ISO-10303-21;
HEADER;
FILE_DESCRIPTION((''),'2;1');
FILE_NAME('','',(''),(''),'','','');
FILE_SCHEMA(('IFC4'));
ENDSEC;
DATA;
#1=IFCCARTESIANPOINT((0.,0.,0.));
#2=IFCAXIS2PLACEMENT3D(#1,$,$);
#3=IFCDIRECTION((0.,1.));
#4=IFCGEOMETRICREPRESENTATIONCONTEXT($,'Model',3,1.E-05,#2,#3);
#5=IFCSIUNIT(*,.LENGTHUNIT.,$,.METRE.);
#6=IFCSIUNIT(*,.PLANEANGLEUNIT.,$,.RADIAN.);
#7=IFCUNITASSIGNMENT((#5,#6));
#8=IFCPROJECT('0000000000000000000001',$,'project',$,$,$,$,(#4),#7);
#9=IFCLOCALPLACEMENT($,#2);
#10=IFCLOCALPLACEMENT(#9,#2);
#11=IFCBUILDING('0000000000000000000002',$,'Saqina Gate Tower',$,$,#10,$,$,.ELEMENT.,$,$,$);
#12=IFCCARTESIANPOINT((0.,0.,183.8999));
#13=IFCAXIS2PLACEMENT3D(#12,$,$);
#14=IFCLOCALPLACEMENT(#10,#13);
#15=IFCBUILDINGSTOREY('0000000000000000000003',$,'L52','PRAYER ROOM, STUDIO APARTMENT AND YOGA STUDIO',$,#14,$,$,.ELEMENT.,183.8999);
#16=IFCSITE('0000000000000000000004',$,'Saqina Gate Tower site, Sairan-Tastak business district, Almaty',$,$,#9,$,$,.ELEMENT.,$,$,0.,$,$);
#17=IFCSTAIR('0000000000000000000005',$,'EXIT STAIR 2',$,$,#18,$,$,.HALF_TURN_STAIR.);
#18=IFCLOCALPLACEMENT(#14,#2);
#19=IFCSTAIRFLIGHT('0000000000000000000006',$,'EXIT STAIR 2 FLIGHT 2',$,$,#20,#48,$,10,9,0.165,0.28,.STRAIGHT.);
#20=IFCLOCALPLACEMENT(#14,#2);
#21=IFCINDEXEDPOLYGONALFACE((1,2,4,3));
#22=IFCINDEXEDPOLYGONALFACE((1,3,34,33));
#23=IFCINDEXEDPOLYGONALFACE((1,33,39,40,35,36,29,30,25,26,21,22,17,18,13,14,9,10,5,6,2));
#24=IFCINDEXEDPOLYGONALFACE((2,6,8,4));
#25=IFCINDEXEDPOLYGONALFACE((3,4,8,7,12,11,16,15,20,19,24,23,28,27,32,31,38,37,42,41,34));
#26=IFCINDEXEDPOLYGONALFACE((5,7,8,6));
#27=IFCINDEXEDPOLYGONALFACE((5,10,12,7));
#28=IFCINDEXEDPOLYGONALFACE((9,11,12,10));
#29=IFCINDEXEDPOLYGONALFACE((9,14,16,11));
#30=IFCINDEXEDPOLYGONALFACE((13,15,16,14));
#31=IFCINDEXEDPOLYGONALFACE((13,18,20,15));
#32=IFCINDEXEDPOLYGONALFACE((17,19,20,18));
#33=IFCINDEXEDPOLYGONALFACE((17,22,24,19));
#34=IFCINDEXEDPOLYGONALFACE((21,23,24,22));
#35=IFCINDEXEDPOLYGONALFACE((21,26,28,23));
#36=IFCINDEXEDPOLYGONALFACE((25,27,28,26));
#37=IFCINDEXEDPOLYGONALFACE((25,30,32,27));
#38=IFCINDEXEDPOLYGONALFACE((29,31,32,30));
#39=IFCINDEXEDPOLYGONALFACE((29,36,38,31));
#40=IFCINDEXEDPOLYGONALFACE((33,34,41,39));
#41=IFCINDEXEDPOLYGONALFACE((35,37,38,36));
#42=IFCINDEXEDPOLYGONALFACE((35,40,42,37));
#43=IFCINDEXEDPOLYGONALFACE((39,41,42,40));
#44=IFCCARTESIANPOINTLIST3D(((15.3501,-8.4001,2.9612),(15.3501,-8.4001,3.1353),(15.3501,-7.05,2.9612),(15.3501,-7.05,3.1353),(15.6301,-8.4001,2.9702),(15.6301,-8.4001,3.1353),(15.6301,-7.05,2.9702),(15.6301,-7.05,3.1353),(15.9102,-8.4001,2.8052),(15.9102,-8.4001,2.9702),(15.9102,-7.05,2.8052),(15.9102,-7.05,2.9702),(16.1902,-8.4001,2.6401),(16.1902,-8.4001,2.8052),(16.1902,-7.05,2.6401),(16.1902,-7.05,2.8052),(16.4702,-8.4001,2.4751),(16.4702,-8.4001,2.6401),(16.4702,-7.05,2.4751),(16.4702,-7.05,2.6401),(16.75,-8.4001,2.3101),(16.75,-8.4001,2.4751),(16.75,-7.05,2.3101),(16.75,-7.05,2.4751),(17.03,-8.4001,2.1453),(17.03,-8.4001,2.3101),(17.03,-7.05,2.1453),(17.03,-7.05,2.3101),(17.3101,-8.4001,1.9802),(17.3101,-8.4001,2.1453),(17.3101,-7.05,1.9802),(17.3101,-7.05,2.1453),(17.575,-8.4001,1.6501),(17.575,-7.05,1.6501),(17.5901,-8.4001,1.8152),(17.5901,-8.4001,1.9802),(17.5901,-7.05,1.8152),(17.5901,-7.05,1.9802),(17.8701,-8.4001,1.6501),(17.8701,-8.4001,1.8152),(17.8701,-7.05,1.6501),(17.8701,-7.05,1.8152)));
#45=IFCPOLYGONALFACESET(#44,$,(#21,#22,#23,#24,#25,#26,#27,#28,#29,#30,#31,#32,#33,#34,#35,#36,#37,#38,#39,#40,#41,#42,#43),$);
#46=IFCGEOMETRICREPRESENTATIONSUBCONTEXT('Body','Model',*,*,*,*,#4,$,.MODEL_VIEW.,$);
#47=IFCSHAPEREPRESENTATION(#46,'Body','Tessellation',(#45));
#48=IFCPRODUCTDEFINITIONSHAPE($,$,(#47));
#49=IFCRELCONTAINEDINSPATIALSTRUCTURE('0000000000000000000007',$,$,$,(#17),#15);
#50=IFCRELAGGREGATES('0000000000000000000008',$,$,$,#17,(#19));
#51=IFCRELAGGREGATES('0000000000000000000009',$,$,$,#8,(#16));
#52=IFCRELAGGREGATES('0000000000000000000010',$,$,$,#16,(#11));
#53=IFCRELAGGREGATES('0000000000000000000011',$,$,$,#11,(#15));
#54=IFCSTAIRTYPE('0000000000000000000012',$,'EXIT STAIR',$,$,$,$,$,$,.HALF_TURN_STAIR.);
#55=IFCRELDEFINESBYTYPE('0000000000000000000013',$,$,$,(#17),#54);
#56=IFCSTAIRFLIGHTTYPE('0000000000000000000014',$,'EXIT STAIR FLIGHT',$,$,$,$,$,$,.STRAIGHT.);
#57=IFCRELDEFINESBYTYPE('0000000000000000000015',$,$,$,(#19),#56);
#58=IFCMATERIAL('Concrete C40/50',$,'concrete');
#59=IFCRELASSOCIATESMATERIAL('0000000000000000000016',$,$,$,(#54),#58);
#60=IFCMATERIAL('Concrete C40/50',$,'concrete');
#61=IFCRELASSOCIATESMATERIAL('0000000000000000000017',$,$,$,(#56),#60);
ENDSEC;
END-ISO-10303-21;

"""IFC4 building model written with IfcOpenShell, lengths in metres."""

from ifc_helpers import new_model, si_unit, direction, frame, origin, place, context, subcontext, project, spatial, polyline, outline, extrude, material, type_object, element, aggregate, save


model = new_model("IFC4")

# Units and contexts
model_context = context("Model", 3, precision=1e-05, world=origin(), true_north=direction((0.0, 1.0)))
body_context = subcontext(model_context, "Body", "Model", "MODEL_VIEW")
ifc_project = project(units=[si_unit("LENGTHUNIT", "METRE"), si_unit("PLANEANGLEUNIT", "RADIAN")], contexts=[model_context])

# Site, building, storey
site_placement = place(None, origin())
site = spatial("IfcSite", under=ifc_project, at=site_placement, Name="Saqina Gate Tower site, Sairan-Tastak business district, Almaty", CompositionType="ELEMENT", RefElevation=0.0)
building_placement = place(site_placement, origin())
building = spatial("IfcBuilding", under=site, at=building_placement, Name="Saqina Gate Tower", CompositionType="ELEMENT")
storey_placement = place(building_placement, frame((0.0, 0.0, 183.8999)))
storey = spatial("IfcBuildingStorey", under=building, at=storey_placement, Name="L52", Description="PRAYER ROOM, STUDIO APARTMENT AND YOGA STUDIO", CompositionType="ELEMENT", Elevation=183.8999)

# Stair, stair flight
ifc_material_1 = material(Name="Concrete C40/50", Category="concrete")
stair_type = type_object("IfcStairType", Name="EXIT STAIR", PredefinedType="HALF_TURN_STAIR", material=ifc_material_1)
stair_placement = place(storey_placement, origin())
stair = element("IfcStair", 1, at=stair_placement, inside=storey, type_object=stair_type, Name="EXIT STAIR 2", PredefinedType="HALF_TURN_STAIR")
ifc_material_2 = material(Name="Concrete C40/50", Category="concrete")
stair_flight_type = type_object("IfcStairFlightType", Name="EXIT STAIR FLIGHT", PredefinedType="STRAIGHT", material=ifc_material_2)
stair_flight_1_placement = place(storey_placement, frame((17.8701, -7.7251, 1.6501), z_axis=(0.0, 0.0, 1.0), x_axis=(-1.0, 0.0, 0.0)))
stair_flight_1 = element("IfcStairFlight", 2, at=stair_flight_1_placement, type_object=stair_flight_type, Name="EXIT STAIR 2 FLIGHT 2", NumberOfRisers=10, NumberOfTreads=9, PredefinedType="STRAIGHT", RiserHeight=0.165, TreadLength=0.28, context=body_context, shape_type="SweptSolid", body=[
    extrude(outline(polyline([(0.0, 0.0), (0.0, 0.165), (0.28, 0.165), (0.28, 0.3301), (0.5601, 0.3301), (0.5601, 0.4951), (0.8401, 0.4951), (0.8401, 0.6599), (1.1201, 0.6599), (1.1201, 0.825), (1.3999, 0.825), (1.3999, 0.99), (1.6799, 0.99), (1.6799, 1.155), (1.96, 1.155), (1.96, 1.3201), (2.24, 1.3201), (2.24, 1.4851), (2.52, 1.4851), (2.52, 1.6499), (2.52, 1.311), (0.2952, 0.0), (0.0, 0.0)])), frame((0.0, 0.675, 0.0), z_axis=(0.0, -1.0, 0.0), x_axis=(1.0, 0.0, 0.0)), (0.0, 0.0, 1.0), 1.3501),
])
aggregate(stair, [stair_flight_1])

save(model, "model.ifc")
